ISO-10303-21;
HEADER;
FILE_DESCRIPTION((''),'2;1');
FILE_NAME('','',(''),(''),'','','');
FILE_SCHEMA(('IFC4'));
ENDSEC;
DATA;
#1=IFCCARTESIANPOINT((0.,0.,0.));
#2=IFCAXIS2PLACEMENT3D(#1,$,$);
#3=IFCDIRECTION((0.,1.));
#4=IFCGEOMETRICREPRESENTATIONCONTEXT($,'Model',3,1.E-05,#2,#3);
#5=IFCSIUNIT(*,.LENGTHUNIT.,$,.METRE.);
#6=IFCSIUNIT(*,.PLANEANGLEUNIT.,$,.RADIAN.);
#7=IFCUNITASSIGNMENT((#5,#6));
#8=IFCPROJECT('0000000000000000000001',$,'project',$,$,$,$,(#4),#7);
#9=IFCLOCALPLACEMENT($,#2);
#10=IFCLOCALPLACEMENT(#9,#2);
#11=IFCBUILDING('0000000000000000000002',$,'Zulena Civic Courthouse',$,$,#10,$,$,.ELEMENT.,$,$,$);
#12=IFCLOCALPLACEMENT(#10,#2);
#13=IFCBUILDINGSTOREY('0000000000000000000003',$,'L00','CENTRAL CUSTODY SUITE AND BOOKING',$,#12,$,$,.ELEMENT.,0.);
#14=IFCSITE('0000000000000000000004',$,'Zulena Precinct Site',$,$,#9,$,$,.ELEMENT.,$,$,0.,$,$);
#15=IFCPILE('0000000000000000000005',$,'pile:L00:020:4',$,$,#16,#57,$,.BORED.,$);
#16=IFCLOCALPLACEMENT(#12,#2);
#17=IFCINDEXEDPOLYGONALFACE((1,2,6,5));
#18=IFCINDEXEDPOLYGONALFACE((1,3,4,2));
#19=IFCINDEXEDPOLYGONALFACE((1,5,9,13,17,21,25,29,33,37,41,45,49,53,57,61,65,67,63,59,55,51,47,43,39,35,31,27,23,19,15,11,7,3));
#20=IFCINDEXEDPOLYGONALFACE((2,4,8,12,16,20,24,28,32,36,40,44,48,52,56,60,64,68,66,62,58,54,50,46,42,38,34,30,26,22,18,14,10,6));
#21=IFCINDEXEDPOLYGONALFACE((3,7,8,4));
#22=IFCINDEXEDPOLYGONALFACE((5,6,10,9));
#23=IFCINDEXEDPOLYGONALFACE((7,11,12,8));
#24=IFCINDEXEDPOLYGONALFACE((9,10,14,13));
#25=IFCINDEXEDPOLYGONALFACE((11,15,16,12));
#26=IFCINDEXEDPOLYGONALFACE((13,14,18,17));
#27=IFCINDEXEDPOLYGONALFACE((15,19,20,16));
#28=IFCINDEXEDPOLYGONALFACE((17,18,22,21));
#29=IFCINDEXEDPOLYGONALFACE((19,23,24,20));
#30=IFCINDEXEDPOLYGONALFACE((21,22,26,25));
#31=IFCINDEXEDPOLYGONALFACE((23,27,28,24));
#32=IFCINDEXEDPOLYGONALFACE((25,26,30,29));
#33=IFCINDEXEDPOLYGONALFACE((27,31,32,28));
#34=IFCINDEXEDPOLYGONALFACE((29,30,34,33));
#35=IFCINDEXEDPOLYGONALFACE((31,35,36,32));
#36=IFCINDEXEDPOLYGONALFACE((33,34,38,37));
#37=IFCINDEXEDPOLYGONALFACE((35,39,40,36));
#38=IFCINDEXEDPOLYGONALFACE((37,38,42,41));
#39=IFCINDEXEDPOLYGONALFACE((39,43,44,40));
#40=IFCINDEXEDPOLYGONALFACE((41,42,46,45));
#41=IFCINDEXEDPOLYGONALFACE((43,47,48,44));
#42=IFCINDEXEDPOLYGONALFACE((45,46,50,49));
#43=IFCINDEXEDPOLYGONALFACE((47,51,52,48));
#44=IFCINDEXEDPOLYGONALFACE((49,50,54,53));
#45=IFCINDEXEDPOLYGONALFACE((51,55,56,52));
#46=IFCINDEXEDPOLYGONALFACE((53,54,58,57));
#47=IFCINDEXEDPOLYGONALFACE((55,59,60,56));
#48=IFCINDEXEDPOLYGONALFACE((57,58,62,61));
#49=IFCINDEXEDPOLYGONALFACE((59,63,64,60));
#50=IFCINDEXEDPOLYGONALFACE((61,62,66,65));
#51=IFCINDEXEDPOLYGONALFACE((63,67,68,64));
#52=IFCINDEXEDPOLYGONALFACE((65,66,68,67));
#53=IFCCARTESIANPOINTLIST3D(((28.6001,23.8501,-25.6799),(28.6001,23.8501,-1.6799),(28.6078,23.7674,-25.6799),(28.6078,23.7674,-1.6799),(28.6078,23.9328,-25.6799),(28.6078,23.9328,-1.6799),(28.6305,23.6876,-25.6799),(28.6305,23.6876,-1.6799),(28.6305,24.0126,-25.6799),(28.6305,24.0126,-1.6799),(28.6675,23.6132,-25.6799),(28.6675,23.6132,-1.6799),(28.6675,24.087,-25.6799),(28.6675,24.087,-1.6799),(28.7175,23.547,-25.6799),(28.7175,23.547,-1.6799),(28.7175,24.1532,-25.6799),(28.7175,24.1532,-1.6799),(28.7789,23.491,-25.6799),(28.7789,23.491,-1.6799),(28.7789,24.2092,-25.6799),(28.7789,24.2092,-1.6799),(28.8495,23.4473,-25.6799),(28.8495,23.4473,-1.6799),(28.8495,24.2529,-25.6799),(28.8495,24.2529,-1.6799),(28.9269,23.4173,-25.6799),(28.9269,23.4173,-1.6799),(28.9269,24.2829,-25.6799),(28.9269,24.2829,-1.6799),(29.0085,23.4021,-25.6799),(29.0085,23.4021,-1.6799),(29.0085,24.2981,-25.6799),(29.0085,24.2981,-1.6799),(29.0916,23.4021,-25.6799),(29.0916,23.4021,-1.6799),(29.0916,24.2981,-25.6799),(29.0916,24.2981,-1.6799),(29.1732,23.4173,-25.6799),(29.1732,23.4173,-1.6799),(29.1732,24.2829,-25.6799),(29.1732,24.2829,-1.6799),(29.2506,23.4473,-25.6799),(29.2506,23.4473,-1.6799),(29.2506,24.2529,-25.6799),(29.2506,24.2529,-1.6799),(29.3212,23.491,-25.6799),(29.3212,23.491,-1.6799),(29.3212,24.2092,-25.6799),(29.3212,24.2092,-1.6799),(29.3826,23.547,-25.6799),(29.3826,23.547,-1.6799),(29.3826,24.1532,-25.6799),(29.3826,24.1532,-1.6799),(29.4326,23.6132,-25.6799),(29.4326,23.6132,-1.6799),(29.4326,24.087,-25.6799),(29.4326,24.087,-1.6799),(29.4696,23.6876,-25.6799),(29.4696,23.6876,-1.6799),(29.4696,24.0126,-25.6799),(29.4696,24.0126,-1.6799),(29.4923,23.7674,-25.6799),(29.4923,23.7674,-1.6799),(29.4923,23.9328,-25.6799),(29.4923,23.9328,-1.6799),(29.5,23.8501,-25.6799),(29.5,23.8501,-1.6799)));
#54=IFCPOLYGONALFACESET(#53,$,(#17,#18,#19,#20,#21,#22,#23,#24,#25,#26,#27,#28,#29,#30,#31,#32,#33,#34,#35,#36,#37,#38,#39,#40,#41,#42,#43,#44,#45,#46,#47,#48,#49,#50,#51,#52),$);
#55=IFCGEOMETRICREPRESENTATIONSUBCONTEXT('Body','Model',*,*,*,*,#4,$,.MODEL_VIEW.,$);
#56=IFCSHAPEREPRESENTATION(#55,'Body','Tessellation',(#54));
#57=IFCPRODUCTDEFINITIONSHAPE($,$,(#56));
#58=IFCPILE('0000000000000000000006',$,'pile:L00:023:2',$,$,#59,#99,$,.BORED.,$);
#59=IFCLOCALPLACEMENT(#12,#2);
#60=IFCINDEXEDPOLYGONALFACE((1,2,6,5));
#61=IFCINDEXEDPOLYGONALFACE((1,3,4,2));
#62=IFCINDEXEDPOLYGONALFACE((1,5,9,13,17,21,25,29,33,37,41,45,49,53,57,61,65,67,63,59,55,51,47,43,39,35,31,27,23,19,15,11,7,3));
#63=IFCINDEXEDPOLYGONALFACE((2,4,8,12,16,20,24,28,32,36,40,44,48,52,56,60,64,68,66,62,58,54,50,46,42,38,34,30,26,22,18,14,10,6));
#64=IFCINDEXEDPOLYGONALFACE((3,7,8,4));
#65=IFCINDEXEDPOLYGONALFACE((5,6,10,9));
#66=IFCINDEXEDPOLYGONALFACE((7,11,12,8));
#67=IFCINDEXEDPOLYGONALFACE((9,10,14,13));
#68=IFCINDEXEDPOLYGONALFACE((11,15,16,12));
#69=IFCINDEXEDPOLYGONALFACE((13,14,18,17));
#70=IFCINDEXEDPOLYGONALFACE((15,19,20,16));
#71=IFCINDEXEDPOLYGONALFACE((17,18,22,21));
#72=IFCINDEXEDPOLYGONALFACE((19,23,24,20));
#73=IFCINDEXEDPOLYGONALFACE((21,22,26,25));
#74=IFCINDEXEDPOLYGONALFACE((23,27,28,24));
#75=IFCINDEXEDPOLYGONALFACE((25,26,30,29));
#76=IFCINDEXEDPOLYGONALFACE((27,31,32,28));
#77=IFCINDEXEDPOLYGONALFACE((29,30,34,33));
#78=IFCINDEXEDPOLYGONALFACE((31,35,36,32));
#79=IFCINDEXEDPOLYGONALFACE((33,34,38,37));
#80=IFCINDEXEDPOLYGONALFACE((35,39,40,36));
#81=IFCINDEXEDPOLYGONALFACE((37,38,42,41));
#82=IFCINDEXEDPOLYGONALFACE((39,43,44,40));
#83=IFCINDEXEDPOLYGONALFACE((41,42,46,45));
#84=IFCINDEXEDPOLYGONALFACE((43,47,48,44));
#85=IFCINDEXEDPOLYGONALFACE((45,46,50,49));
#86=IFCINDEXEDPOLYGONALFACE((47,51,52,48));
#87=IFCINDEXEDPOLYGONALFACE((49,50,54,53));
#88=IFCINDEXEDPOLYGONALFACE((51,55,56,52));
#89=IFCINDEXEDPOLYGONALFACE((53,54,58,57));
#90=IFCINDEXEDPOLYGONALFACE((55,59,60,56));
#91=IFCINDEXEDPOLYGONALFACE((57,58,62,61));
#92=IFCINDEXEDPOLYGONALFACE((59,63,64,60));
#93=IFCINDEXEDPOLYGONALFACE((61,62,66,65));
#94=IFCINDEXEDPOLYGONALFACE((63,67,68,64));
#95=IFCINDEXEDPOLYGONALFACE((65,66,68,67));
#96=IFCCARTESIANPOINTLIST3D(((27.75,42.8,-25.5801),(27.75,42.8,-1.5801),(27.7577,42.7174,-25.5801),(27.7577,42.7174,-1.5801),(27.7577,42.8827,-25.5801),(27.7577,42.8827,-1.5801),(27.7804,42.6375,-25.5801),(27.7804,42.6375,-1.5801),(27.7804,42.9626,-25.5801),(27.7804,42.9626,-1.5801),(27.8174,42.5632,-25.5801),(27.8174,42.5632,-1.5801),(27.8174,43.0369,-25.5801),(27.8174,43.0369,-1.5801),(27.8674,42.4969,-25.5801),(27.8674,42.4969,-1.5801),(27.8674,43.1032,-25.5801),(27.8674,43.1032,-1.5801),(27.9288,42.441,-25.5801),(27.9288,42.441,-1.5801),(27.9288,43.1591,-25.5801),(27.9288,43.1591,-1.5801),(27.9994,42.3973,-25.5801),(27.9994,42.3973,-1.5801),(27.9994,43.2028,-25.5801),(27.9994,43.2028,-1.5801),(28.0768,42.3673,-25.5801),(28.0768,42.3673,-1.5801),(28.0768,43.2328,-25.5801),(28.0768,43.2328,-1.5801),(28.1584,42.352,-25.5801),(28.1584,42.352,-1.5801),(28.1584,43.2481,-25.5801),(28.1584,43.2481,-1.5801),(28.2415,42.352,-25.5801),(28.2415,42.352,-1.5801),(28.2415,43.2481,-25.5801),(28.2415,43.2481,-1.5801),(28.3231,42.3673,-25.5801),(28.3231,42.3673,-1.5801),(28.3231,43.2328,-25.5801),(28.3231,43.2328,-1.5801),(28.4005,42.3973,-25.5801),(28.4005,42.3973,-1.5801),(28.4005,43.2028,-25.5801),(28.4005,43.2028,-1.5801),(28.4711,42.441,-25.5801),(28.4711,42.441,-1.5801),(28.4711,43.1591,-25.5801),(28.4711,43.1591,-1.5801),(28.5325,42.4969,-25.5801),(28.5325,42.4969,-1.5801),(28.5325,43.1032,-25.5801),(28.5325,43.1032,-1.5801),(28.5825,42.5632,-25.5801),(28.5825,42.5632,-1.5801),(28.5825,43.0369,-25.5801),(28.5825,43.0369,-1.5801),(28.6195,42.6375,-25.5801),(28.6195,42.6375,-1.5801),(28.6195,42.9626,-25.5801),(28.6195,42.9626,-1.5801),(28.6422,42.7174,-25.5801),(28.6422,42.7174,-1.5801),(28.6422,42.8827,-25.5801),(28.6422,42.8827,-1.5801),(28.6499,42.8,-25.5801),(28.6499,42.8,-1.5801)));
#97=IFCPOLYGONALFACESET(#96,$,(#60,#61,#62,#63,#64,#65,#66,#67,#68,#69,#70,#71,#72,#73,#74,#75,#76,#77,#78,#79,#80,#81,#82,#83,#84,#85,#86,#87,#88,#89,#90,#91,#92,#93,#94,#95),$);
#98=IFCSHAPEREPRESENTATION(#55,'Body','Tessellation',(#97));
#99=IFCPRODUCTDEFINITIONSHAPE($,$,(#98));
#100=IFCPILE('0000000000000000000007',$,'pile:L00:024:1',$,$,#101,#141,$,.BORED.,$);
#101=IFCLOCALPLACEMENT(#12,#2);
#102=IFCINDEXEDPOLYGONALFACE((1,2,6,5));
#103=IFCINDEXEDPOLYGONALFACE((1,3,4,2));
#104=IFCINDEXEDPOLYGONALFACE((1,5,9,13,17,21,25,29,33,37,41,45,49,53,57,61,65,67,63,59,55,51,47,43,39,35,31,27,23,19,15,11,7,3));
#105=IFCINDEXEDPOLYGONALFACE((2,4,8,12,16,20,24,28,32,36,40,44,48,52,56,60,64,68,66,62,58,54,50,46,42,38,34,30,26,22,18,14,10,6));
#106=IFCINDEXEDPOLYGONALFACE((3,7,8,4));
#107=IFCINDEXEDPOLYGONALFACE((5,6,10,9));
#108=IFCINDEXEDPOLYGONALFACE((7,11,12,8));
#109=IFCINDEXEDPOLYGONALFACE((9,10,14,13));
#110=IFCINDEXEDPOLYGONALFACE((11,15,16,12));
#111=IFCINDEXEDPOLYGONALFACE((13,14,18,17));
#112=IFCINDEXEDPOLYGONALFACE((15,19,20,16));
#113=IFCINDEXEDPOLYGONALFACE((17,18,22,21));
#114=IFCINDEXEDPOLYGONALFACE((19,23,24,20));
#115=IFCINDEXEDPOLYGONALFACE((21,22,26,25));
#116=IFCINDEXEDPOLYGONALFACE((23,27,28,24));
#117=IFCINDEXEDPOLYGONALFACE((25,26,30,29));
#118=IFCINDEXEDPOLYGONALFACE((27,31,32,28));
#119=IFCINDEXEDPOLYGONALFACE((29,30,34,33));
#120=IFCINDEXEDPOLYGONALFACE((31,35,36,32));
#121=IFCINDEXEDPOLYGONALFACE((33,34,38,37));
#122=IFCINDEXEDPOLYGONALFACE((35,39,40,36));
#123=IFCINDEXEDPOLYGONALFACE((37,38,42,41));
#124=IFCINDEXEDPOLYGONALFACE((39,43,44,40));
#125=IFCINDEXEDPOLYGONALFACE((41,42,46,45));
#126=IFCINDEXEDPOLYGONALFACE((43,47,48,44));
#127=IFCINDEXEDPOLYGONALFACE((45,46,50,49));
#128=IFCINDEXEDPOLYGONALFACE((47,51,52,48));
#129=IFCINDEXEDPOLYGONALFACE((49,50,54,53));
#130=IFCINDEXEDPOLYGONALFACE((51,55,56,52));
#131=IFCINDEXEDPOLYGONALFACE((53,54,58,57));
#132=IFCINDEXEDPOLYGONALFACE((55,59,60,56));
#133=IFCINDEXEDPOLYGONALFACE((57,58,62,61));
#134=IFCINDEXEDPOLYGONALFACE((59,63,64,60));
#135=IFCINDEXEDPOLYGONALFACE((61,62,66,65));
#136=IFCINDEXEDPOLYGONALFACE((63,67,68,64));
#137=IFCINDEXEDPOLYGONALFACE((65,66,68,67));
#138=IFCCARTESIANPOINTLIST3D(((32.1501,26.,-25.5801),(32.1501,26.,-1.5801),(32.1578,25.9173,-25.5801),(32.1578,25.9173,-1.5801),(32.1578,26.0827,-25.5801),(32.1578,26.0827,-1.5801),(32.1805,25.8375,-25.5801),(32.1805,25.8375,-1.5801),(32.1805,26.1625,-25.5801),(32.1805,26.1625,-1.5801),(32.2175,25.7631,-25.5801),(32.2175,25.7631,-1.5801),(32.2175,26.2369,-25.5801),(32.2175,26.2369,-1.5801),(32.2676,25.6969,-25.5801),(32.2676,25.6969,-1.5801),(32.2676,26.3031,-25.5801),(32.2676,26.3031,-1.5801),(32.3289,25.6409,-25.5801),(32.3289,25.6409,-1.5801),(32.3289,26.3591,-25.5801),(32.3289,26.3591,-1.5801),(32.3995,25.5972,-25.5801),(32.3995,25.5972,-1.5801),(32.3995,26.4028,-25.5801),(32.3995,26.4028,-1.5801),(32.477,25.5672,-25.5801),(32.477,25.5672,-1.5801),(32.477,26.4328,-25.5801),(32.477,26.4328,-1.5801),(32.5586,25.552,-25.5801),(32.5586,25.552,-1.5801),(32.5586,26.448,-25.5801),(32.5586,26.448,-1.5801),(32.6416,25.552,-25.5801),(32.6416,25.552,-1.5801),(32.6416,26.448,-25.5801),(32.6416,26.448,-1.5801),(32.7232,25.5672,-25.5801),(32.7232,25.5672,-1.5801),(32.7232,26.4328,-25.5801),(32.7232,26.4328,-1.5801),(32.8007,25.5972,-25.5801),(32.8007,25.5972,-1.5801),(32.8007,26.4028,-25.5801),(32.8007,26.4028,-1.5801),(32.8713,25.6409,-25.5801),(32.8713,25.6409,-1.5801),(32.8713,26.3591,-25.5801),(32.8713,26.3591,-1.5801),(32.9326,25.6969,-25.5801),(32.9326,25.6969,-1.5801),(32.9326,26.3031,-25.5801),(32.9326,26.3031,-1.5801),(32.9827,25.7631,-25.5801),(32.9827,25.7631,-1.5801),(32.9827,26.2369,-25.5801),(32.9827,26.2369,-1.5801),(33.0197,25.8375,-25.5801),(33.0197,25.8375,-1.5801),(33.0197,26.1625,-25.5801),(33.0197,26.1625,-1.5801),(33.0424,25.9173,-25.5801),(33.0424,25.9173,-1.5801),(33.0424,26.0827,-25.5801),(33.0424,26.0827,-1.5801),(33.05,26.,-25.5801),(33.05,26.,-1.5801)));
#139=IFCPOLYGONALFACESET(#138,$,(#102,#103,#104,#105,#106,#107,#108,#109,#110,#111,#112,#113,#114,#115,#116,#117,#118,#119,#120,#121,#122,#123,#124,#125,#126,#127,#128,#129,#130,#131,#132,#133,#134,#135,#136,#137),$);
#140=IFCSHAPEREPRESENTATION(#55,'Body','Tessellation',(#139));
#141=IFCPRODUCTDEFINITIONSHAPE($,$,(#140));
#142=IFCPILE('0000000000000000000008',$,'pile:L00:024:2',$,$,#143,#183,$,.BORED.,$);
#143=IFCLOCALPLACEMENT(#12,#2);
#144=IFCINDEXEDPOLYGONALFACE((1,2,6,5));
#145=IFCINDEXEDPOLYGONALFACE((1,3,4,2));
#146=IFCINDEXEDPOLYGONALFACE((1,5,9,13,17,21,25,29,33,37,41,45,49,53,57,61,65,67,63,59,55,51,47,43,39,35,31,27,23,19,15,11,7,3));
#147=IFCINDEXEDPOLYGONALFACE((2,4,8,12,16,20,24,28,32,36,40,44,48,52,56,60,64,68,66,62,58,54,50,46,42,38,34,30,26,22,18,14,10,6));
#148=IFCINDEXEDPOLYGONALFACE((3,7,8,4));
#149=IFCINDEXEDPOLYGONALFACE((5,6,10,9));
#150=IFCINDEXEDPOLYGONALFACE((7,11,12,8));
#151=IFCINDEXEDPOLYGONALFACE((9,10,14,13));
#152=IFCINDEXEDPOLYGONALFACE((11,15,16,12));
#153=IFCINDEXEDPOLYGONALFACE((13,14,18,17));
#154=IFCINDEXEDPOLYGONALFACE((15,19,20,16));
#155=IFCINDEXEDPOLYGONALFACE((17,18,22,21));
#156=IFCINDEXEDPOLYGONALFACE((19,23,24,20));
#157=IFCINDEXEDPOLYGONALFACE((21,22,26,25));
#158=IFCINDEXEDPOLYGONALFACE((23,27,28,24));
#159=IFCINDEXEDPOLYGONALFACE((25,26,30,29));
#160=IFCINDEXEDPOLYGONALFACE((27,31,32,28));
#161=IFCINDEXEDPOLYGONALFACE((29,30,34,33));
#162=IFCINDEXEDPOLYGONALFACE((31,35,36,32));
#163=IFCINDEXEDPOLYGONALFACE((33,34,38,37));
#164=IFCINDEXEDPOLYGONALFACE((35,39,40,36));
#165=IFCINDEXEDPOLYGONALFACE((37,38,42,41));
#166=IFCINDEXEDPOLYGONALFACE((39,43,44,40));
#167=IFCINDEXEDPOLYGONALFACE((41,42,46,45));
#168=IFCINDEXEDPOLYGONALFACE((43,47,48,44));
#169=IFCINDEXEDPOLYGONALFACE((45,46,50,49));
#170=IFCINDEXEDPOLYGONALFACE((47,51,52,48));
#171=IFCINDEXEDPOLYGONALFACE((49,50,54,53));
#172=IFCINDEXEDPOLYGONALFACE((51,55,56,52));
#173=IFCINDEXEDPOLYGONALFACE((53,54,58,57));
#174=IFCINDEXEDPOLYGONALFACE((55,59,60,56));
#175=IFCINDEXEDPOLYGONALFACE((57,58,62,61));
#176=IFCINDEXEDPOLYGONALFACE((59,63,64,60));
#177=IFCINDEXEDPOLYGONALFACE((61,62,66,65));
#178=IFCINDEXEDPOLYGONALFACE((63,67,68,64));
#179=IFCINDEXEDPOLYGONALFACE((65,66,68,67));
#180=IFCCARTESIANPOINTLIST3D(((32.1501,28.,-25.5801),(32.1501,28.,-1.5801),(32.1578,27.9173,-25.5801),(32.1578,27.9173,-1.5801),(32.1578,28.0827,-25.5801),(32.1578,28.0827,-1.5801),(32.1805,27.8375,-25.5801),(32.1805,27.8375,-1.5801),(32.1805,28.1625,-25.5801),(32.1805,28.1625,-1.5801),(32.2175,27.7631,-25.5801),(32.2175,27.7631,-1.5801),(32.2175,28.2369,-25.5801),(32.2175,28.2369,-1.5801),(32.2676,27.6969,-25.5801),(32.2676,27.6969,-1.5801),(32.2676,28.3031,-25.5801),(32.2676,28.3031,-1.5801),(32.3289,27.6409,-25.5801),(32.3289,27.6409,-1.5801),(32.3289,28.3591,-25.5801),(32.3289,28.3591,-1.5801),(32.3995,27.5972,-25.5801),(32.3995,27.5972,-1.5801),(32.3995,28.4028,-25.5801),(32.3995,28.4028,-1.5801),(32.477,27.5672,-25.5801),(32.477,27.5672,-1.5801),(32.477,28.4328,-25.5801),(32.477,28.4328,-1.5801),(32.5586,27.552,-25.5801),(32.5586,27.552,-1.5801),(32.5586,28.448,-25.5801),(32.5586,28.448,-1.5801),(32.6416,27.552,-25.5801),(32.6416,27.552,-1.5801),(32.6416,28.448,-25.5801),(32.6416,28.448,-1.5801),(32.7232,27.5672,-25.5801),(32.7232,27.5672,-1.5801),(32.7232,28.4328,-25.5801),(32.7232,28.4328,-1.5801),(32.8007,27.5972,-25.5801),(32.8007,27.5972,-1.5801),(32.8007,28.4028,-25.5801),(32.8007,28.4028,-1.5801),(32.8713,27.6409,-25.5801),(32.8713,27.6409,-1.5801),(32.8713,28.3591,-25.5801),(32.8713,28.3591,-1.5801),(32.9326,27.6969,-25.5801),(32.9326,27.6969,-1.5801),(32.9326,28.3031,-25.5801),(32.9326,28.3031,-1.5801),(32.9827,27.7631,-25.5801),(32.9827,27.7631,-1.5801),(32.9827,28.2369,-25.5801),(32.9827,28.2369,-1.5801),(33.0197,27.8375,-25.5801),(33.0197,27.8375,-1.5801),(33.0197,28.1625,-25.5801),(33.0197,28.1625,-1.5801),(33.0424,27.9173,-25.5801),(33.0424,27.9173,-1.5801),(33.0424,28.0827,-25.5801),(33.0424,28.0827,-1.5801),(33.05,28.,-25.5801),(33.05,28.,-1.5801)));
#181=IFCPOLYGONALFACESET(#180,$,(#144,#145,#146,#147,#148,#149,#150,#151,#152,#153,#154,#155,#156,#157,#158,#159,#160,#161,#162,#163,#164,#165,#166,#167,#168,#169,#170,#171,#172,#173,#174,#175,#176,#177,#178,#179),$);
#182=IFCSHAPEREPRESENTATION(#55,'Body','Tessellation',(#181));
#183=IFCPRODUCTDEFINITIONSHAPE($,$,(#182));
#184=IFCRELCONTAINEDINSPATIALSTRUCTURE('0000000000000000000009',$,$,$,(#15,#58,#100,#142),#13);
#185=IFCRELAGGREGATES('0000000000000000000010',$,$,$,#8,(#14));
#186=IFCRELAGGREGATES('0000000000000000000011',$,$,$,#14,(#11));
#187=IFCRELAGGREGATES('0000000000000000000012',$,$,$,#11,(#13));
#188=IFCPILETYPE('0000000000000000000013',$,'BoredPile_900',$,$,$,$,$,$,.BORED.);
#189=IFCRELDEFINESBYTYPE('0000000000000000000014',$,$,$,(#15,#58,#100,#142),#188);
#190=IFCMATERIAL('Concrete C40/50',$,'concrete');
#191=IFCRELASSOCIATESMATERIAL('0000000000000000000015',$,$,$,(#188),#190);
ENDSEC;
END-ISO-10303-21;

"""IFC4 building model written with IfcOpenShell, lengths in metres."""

from ifc_helpers import new_model, si_unit, direction, frame, origin, origin_2d, place, context, subcontext, project, spatial, circle, extrude, material, material_profile, profile_set, type_object, element, save


model = new_model("IFC4")

# Units and contexts
model_context = context("Model", 3, precision=1e-05, world=origin(), true_north=direction((0.0, 1.0)))
body_context = subcontext(model_context, "Body", "Model", "MODEL_VIEW")
ifc_project = project(units=[si_unit("LENGTHUNIT", "METRE"), si_unit("PLANEANGLEUNIT", "RADIAN")], contexts=[model_context])

# Site, building, storey
site_placement = place(None, origin())
site = spatial("IfcSite", under=ifc_project, at=site_placement, Name="Zulena Precinct Site", CompositionType="ELEMENT", RefElevation=0.0)
building_placement = place(site_placement, origin())
building = spatial("IfcBuilding", under=site, at=building_placement, Name="Zulena Civic Courthouse", CompositionType="ELEMENT")
storey_placement = place(building_placement, origin())
storey = spatial("IfcBuildingStorey", under=building, at=storey_placement, Name="L00", Description="CENTRAL CUSTODY SUITE AND BOOKING", CompositionType="ELEMENT", Elevation=0.0)

# Piles
ifc_material_1 = material(Name="Concrete C40/50", Category="concrete")
ifc_material_profile_1 = material_profile(ifc_material_1, circle(Radius=0.45, at=origin_2d()), Name="PILE900")
ifc_profile_set_1 = profile_set([ifc_material_profile_1], Name="Concrete C40/50")
pile_type = type_object("IfcPileType", Name="BoredPile_900", PredefinedType="BORED", material=ifc_profile_set_1)
for number, where, z_axis, x_axis, name in (
    (1, (29.05, 23.8501, -1.6799), (0.0, 0.0, -1.0), (1.0, 0.0, 0.0), "pile:L00:020:4"),
    (2, (28.2, 42.8, -1.5801), (0.0, 0.0, -1.0), (1.0, 0.0, 0.0), "pile:L00:023:2"),
    (3, (32.6001, 26.0, -1.5801), (0.0, 0.0, -1.0), (1.0, 0.0, 0.0), "pile:L00:024:1"),
    (4, (32.6001, 28.0, -1.5801), (0.0, 0.0, -1.0), (1.0, 0.0, 0.0), "pile:L00:024:2"),
):
    element("IfcPile", number, at=place(storey_placement, frame(where, z_axis=z_axis, x_axis=x_axis)), inside=storey, type_object=pile_type, Name=name, PredefinedType="BORED", context=body_context, shape_type="SweptSolid", body=[
        extrude(circle(Radius=0.45, at=origin_2d()), origin(), (0.0, 0.0, 1.0), 24.0),
    ])

save(model, "model.ifc")
